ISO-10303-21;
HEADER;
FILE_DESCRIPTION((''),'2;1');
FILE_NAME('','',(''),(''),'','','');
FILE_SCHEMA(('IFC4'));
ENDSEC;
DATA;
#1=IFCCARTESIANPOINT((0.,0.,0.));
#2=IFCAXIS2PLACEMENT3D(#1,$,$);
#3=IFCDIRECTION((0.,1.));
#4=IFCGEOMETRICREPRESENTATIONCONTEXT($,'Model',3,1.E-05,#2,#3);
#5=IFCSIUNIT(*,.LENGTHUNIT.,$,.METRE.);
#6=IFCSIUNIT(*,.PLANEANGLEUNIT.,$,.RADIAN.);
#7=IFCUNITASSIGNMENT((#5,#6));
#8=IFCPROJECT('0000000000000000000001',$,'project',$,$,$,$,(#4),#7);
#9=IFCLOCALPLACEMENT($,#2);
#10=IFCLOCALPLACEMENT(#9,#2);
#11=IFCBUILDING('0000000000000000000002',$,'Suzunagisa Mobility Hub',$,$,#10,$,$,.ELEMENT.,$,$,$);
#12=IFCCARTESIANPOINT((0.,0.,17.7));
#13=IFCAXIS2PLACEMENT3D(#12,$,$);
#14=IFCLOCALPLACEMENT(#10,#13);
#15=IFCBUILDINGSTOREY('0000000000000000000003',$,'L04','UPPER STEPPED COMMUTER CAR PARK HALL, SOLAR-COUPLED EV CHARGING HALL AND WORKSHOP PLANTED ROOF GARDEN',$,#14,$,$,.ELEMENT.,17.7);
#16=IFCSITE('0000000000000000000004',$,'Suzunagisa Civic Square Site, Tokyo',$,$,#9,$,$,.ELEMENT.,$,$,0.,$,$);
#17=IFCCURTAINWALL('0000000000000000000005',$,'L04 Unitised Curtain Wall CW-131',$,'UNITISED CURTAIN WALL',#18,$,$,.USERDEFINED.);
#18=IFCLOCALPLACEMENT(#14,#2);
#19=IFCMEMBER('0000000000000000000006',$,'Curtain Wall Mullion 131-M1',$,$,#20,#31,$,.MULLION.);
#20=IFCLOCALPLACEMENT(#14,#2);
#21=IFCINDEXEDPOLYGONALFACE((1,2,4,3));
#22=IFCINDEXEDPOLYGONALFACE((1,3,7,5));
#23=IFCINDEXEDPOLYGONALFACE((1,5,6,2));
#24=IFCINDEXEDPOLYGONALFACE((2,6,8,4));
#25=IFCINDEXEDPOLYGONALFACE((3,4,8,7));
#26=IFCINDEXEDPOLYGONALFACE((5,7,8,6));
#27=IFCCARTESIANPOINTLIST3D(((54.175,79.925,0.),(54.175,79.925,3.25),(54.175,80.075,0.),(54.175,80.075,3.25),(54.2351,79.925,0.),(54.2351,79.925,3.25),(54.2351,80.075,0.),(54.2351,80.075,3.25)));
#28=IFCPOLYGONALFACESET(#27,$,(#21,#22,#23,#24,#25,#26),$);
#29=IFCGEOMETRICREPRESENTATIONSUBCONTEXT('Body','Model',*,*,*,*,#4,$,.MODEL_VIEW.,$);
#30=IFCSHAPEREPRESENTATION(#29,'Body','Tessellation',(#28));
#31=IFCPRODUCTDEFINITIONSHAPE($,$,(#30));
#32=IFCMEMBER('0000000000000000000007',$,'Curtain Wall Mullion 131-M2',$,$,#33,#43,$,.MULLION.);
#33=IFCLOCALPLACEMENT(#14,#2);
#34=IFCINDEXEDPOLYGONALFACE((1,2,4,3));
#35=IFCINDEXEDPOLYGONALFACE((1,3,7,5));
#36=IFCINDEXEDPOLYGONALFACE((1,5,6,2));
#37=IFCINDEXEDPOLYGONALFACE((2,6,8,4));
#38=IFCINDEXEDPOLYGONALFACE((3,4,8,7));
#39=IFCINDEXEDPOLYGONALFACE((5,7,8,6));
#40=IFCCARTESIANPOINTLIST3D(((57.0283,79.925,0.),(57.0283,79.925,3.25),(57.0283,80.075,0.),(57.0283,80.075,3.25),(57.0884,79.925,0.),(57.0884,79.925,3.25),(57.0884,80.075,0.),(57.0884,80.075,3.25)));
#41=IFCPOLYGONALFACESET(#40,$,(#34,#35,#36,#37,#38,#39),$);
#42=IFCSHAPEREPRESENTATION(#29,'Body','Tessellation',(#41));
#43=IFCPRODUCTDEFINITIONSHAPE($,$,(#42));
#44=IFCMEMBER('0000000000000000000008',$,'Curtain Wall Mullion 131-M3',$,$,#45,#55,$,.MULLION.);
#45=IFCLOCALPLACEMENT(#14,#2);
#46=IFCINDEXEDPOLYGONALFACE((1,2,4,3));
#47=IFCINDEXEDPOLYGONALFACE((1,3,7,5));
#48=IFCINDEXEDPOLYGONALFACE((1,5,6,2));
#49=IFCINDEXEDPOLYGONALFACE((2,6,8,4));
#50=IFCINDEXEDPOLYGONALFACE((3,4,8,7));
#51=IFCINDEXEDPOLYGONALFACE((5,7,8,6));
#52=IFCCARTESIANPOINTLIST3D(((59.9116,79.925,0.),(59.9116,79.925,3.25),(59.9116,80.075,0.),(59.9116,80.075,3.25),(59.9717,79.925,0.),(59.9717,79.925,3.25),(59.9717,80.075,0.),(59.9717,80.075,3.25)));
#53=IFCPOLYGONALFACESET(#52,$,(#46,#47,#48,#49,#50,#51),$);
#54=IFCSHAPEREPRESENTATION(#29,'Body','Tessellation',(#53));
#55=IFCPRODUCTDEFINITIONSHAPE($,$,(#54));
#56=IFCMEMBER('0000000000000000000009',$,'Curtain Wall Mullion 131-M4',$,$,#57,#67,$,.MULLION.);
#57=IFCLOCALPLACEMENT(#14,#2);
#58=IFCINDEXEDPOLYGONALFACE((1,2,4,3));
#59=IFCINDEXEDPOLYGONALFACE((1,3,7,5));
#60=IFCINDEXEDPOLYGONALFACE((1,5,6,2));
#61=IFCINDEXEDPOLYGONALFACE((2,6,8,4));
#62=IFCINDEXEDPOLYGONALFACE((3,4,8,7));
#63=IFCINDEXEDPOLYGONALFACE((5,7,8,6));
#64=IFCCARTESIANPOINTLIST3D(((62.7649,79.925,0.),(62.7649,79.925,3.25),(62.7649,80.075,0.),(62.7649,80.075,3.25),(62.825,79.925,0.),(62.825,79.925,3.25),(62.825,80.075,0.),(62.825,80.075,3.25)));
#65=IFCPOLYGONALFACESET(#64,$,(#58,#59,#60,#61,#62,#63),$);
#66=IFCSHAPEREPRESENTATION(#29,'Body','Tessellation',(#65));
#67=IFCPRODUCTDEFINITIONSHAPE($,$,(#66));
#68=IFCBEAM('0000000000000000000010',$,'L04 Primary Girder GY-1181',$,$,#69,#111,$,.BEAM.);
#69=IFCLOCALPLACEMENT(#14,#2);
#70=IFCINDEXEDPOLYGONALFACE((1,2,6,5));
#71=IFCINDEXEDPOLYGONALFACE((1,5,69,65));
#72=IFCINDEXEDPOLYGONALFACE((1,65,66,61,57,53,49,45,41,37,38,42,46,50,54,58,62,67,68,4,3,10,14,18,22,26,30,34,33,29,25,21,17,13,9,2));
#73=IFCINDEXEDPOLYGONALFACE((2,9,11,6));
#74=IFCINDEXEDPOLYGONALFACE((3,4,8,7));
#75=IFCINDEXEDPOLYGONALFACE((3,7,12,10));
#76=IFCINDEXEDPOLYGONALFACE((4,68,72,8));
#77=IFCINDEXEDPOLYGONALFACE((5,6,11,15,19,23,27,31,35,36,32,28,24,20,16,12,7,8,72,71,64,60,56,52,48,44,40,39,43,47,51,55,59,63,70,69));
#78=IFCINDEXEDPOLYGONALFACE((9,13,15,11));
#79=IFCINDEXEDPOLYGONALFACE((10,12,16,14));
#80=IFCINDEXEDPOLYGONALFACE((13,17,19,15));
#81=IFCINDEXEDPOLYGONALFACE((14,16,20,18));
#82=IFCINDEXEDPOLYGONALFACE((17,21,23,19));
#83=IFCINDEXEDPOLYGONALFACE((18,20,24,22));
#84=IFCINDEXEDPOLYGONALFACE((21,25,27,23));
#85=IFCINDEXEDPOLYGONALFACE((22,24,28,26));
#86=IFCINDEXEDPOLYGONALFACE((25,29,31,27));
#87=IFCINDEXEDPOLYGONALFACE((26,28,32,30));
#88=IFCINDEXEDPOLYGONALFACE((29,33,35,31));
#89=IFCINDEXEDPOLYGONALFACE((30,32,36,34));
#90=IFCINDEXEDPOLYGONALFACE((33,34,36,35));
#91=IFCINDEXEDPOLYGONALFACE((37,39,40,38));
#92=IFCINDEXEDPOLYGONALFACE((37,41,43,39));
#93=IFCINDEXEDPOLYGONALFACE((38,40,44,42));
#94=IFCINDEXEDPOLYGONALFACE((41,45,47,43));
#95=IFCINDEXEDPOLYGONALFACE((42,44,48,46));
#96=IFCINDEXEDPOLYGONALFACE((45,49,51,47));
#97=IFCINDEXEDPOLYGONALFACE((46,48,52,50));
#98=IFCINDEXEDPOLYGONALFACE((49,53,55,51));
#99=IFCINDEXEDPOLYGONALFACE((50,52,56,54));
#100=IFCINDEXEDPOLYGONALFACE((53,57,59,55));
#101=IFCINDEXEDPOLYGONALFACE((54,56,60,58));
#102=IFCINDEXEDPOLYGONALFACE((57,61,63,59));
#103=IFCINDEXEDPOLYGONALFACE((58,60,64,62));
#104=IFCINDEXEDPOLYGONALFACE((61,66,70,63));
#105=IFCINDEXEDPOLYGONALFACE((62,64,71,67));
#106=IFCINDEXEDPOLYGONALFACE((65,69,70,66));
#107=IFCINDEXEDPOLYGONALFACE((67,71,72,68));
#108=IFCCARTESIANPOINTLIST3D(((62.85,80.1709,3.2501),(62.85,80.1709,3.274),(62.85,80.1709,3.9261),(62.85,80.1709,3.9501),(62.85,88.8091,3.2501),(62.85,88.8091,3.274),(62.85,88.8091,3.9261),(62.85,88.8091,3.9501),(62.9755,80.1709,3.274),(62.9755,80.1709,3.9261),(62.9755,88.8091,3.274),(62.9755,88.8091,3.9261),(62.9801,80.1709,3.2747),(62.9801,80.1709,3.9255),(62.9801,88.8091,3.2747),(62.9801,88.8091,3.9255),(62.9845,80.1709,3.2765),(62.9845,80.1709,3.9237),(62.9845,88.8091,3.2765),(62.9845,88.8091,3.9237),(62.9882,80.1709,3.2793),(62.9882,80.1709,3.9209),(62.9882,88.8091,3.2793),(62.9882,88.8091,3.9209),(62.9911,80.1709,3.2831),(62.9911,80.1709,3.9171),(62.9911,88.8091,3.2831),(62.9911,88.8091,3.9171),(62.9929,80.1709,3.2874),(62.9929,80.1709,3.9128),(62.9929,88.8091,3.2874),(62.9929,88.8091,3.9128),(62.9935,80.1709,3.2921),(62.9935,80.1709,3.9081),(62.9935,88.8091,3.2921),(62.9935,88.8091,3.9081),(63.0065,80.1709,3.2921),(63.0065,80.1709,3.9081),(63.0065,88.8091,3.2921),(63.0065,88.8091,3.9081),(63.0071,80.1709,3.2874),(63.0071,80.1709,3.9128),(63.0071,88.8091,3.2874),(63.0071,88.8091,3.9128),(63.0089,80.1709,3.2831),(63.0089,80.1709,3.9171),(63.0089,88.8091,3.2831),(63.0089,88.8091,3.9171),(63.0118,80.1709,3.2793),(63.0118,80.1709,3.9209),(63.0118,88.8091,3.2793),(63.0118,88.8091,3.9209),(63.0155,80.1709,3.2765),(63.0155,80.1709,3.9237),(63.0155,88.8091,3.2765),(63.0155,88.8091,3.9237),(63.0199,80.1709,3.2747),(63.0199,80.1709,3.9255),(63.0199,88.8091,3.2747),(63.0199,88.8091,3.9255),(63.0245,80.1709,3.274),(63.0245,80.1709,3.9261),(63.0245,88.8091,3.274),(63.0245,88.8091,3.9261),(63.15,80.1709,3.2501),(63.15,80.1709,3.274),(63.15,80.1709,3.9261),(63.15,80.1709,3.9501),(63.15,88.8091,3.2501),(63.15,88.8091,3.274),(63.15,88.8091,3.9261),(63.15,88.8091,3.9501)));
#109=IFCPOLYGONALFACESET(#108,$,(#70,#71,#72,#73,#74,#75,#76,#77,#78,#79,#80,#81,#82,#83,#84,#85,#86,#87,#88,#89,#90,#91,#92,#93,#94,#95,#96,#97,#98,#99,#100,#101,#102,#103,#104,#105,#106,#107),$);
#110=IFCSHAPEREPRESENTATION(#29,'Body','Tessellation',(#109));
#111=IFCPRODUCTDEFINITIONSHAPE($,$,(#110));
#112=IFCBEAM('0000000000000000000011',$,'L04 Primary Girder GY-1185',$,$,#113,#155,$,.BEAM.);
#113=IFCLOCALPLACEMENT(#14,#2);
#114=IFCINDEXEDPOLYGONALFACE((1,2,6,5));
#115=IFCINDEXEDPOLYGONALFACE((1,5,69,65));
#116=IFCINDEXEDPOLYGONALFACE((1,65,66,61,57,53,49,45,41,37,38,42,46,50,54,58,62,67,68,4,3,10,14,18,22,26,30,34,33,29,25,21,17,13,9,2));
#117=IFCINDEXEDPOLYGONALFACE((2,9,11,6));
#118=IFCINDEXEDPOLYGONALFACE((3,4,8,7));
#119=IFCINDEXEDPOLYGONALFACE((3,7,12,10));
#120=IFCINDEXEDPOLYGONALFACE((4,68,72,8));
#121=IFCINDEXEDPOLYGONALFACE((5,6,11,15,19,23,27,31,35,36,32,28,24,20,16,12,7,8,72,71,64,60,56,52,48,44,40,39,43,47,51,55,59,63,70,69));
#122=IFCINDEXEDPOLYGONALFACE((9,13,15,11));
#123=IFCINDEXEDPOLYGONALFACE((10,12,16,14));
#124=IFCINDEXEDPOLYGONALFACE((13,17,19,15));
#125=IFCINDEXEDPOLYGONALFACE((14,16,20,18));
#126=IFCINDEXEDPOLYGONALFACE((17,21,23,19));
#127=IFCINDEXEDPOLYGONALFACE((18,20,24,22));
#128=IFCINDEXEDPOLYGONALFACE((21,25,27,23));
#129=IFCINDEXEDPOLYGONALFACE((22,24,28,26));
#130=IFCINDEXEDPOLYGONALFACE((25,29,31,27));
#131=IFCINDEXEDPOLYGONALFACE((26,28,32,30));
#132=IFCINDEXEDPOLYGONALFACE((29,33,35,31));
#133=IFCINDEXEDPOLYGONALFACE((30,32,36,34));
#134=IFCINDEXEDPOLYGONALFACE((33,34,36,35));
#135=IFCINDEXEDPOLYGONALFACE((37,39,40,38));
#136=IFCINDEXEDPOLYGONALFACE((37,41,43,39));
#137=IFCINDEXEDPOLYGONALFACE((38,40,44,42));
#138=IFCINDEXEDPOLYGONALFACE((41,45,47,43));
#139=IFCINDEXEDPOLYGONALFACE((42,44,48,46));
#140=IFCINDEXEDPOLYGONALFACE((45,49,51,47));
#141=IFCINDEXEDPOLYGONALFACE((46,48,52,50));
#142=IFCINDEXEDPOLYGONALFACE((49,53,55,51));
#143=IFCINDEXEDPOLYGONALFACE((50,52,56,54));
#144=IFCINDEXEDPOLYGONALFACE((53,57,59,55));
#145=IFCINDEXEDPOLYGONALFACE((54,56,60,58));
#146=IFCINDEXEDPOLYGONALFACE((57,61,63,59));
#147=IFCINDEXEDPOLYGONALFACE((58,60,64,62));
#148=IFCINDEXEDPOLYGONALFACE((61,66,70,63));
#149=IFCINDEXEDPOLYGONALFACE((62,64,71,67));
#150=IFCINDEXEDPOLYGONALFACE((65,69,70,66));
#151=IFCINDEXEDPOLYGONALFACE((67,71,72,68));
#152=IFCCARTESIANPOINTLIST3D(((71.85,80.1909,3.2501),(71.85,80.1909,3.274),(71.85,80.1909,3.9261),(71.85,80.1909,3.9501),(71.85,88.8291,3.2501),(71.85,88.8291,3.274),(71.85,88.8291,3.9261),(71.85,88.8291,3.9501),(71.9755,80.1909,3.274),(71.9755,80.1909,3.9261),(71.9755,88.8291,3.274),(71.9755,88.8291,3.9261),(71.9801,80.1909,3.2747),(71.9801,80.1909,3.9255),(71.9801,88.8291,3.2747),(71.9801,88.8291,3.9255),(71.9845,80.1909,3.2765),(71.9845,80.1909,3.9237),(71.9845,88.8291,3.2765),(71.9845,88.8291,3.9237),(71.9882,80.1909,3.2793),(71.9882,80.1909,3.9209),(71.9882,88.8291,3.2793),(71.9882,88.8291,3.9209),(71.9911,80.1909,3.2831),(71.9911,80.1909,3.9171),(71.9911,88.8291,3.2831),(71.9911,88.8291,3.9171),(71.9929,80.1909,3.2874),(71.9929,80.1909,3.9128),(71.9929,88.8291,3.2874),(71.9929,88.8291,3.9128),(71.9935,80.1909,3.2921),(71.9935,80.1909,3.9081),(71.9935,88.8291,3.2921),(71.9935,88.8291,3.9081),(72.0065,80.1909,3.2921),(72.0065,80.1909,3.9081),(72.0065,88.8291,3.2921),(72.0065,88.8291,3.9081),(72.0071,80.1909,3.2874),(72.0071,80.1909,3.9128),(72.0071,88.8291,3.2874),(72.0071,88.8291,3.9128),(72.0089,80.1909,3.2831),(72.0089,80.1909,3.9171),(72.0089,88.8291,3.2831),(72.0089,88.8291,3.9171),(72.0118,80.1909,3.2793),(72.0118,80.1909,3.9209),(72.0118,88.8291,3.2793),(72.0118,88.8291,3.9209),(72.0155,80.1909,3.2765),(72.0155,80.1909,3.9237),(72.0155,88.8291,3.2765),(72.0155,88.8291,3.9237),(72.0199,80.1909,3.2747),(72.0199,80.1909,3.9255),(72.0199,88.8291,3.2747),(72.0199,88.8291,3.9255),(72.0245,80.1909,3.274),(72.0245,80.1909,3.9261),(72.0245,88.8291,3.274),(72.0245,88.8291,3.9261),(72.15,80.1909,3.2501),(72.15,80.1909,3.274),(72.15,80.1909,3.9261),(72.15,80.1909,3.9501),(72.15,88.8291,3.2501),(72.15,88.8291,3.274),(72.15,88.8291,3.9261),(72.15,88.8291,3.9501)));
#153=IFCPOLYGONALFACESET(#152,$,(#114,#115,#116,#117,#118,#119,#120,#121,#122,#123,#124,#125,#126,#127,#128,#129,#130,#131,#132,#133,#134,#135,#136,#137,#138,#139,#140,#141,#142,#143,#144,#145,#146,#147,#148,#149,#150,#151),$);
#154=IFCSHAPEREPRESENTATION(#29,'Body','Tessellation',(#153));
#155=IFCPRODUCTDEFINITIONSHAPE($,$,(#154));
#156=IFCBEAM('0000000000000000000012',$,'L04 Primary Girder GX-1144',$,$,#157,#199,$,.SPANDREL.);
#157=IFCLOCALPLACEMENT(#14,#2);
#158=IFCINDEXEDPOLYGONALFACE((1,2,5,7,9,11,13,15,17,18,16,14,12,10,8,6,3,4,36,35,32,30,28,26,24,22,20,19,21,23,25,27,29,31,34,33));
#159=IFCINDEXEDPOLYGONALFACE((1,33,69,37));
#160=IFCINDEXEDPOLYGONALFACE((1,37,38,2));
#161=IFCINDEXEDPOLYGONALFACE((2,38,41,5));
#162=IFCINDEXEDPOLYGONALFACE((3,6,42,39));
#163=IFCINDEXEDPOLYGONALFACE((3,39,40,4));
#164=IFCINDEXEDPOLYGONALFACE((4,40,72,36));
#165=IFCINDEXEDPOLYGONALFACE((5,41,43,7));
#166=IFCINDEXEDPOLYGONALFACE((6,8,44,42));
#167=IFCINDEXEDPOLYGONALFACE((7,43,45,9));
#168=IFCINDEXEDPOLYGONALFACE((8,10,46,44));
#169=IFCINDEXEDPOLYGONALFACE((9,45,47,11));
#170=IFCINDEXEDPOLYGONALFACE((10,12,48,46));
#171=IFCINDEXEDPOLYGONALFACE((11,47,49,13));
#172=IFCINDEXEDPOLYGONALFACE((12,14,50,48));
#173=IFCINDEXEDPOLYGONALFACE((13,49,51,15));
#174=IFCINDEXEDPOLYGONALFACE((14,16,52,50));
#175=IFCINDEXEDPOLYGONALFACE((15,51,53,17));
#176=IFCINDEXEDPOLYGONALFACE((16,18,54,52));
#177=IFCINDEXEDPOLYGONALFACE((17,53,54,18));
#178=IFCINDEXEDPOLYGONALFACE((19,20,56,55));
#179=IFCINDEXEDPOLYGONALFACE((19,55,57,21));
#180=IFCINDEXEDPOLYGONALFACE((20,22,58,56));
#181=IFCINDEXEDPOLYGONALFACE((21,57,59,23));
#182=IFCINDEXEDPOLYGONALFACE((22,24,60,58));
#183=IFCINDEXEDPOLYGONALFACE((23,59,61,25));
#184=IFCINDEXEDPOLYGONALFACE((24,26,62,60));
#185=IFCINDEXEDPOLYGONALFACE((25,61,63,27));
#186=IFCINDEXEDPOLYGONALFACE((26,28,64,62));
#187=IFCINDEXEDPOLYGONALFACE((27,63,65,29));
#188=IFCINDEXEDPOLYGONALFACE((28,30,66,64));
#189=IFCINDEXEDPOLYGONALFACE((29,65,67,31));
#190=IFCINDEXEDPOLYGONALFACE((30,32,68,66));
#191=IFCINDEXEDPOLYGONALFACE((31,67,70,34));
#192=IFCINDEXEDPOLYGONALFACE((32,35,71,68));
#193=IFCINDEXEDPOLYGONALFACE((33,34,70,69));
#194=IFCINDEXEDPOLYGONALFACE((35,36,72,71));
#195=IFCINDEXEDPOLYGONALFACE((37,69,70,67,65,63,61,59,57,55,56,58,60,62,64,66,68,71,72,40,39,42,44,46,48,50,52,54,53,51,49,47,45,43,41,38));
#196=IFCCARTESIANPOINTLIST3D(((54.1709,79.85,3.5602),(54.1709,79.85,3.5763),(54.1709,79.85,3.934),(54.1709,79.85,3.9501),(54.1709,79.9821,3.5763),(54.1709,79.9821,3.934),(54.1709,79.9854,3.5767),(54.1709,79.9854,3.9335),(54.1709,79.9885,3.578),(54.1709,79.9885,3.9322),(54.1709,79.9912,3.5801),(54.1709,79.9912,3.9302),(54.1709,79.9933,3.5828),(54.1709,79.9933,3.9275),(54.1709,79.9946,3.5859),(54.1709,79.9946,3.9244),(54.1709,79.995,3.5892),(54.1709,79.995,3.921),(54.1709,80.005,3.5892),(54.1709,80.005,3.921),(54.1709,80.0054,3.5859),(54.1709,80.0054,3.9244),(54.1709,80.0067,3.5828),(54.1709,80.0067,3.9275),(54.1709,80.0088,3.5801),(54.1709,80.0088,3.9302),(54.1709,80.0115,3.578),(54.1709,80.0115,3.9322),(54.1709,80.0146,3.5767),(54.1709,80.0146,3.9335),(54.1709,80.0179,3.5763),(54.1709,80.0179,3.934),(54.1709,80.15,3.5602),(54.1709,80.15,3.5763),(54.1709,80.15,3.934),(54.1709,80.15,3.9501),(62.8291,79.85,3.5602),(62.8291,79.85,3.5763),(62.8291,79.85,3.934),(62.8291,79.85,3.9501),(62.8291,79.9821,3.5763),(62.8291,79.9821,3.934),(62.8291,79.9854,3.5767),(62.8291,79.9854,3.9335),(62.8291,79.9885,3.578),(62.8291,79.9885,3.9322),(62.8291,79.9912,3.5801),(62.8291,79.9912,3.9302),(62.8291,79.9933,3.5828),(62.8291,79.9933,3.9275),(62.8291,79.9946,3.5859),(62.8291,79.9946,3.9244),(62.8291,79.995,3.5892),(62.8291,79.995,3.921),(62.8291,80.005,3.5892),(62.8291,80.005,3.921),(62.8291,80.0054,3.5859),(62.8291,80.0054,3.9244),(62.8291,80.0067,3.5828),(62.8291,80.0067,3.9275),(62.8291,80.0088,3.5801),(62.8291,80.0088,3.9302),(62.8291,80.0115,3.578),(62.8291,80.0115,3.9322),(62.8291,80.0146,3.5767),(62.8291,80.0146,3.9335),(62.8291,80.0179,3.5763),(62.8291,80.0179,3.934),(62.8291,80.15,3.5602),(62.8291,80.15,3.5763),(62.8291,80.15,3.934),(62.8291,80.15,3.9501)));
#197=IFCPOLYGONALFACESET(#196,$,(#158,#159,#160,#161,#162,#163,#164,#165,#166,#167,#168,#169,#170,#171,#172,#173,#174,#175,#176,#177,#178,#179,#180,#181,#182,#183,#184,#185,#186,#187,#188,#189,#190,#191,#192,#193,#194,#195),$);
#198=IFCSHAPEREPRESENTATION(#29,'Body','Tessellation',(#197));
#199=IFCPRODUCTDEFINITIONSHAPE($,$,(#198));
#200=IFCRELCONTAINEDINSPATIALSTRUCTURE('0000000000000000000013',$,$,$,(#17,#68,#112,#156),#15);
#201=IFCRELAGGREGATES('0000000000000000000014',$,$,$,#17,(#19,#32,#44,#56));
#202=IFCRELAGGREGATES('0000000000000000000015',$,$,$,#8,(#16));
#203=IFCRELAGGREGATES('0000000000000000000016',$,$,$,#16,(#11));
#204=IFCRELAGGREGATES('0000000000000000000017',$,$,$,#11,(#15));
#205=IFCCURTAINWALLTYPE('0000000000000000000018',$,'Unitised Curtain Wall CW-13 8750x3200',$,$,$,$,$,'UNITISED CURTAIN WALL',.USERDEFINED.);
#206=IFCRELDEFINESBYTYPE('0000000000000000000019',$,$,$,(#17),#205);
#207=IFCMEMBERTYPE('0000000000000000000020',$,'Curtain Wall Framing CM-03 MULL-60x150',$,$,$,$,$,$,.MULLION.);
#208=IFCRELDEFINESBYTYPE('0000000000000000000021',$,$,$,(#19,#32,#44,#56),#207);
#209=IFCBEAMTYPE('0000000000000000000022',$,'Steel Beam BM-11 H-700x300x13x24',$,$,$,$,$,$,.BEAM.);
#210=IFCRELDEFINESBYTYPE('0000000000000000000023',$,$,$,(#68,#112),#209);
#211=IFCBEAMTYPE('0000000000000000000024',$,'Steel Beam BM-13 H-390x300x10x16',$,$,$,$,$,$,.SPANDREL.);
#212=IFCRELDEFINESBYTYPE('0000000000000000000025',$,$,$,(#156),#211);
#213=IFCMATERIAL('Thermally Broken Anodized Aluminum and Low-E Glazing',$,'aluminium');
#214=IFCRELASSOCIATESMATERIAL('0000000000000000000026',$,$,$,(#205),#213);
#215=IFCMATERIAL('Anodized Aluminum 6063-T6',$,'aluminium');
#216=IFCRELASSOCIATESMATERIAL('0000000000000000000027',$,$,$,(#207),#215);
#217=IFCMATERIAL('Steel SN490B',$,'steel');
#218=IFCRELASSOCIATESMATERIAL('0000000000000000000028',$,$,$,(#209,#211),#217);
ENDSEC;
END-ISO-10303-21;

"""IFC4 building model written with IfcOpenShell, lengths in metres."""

from ifc_helpers import new_model, si_unit, direction, frame, origin, origin_2d, place, context, subcontext, project, spatial, rectangle, i_section, extrude, material, material_profile, profile_set, type_object, element, aggregate, save


model = new_model("IFC4")

# Units and contexts
model_context = context("Model", 3, precision=1e-05, world=origin(), true_north=direction((0.0, 1.0)))
body_context = subcontext(model_context, "Body", "Model", "MODEL_VIEW")
ifc_project = project(units=[si_unit("LENGTHUNIT", "METRE"), si_unit("PLANEANGLEUNIT", "RADIAN")], contexts=[model_context])

# Site, building, storey
site_placement = place(None, origin())
site = spatial("IfcSite", under=ifc_project, at=site_placement, Name="Suzunagisa Civic Square Site, Tokyo", CompositionType="ELEMENT", RefElevation=0.0)
building_placement = place(site_placement, origin())
building = spatial("IfcBuilding", under=site, at=building_placement, Name="Suzunagisa Mobility Hub", CompositionType="ELEMENT")
storey_placement = place(building_placement, frame((0.0, 0.0, 17.7)))
storey = spatial("IfcBuildingStorey", under=building, at=storey_placement, Name="L04", Description="UPPER STEPPED COMMUTER CAR PARK HALL, SOLAR-COUPLED EV CHARGING HALL AND WORKSHOP PLANTED ROOF GARDEN", CompositionType="ELEMENT", Elevation=17.7)

# Shared definitions
ifc_material_1 = material(Name="Steel SN490B", Category="steel")

# Curtain wall, members
ifc_material_2 = material(Name="Thermally Broken Anodized Aluminum and Low-E Glazing", Category="aluminium")
curtain_wall_type = type_object("IfcCurtainWallType", Name="Unitised Curtain Wall CW-13 8750x3200", ElementType="UNITISED CURTAIN WALL", PredefinedType="USERDEFINED", material=ifc_material_2)
curtain_wall_placement = place(storey_placement, origin())
curtain_wall = element("IfcCurtainWall", 1, at=curtain_wall_placement, inside=storey, type_object=curtain_wall_type, Name="L04 Unitised Curtain Wall CW-131", ObjectType="UNITISED CURTAIN WALL", PredefinedType="USERDEFINED")
ifc_material_3 = material(Name="Anodized Aluminum 6063-T6", Category="aluminium")
ifc_material_profile_1 = material_profile(ifc_material_3, rectangle(XDim=0.0601, YDim=0.1499, at=origin_2d()), Name="MULL-60x150")
ifc_profile_set_1 = profile_set([ifc_material_profile_1], Name="Anodized Aluminum 6063-T6")
member_type_1 = type_object("IfcMemberType", Name="Curtain Wall Framing CM-03 MULL-60x150", PredefinedType="MULLION", material=ifc_profile_set_1)
member_1_placement = place(storey_placement, frame((54.2051, 80.0, 0.0), z_axis=(0.0, 0.0, 1.0), x_axis=(1.0, 0.0, 0.0)))
member_1 = element("IfcMember", 2, at=member_1_placement, type_object=member_type_1, Name="Curtain Wall Mullion 131-M1", PredefinedType="MULLION", context=body_context, shape_type="SweptSolid", body=[
    extrude(rectangle(XDim=0.0601, YDim=0.1499, at=origin_2d()), origin(), (0.0, 0.0, 1.0), 3.25),
])
member_2_placement = place(storey_placement, frame((57.0583, 80.0, 0.0), z_axis=(0.0, 0.0, 1.0), x_axis=(1.0, 0.0, 0.0)))
member_2 = element("IfcMember", 3, at=member_2_placement, type_object=member_type_1, Name="Curtain Wall Mullion 131-M2", PredefinedType="MULLION", context=body_context, shape_type="SweptSolid", body=[
    extrude(rectangle(XDim=0.0601, YDim=0.1499, at=origin_2d()), origin(), (0.0, 0.0, 1.0), 3.25),
])
member_3_placement = place(storey_placement, frame((59.9417, 80.0, 0.0), z_axis=(0.0, 0.0, 1.0), x_axis=(1.0, 0.0, 0.0)))
member_3 = element("IfcMember", 4, at=member_3_placement, type_object=member_type_1, Name="Curtain Wall Mullion 131-M3", PredefinedType="MULLION", context=body_context, shape_type="SweptSolid", body=[
    extrude(rectangle(XDim=0.0601, YDim=0.1499, at=origin_2d()), origin(), (0.0, 0.0, 1.0), 3.25),
])
member_4_placement = place(storey_placement, frame((62.7949, 80.0, 0.0), z_axis=(0.0, 0.0, 1.0), x_axis=(1.0, 0.0, 0.0)))
member_4 = element("IfcMember", 5, at=member_4_placement, type_object=member_type_1, Name="Curtain Wall Mullion 131-M4", PredefinedType="MULLION", context=body_context, shape_type="SweptSolid", body=[
    extrude(rectangle(XDim=0.0601, YDim=0.1499, at=origin_2d()), origin(), (0.0, 0.0, 1.0), 3.25),
])

# Beams
ifc_material_profile_2 = material_profile(ifc_material_1, i_section(OverallWidth=0.3, OverallDepth=0.7, WebThickness=0.0129, FlangeThickness=0.0239, FilletRadius=0.0181, at=origin_2d()), Name="H-700x300x13x24")
ifc_profile_set_2 = profile_set([ifc_material_profile_2], Name="Steel SN490B")
beam_type_1 = type_object("IfcBeamType", Name="Steel Beam BM-11 H-700x300x13x24", PredefinedType="BEAM", material=ifc_profile_set_2)
for number, where, z_axis, x_axis, name in (
    (6, (63.0, 80.1709, 3.6001), (0.0, 1.0, 0.0), (-1.0, 0.0, 0.0), "L04 Primary Girder GY-1181"),
    (7, (72.0, 80.1909, 3.6001), (0.0, 1.0, 0.0), (-1.0, 0.0, 0.0), "L04 Primary Girder GY-1185"),
):
    element("IfcBeam", number, at=place(storey_placement, frame(where, z_axis=z_axis, x_axis=x_axis)), inside=storey, type_object=beam_type_1, Name=name, PredefinedType="BEAM", context=body_context, shape_type="SweptSolid", body=[
        extrude(i_section(OverallWidth=0.3, OverallDepth=0.7, WebThickness=0.0129, FlangeThickness=0.0239, FilletRadius=0.0181, at=origin_2d()), origin(), (0.0, 0.0, 1.0), 8.6382),
    ])
ifc_material_profile_3 = material_profile(ifc_material_1, i_section(OverallWidth=0.3, OverallDepth=0.3899, WebThickness=0.01, FlangeThickness=0.0161, FilletRadius=0.0129, at=origin_2d()), Name="H-390x300x10x16")
ifc_profile_set_3 = profile_set([ifc_material_profile_3], Name="Steel SN490B")
beam_type_2 = type_object("IfcBeamType", Name="Steel Beam BM-13 H-390x300x10x16", PredefinedType="SPANDREL", material=ifc_profile_set_3)
beam_1_placement = place(storey_placement, frame((54.1709, 80.0, 3.7551), z_axis=(1.0, 0.0, 0.0), x_axis=(0.0, 1.0, 0.0)))
element("IfcBeam", 8, at=beam_1_placement, inside=storey, type_object=beam_type_2, Name="L04 Primary Girder GX-1144", PredefinedType="SPANDREL", context=body_context, shape_type="SweptSolid", body=[
    extrude(i_section(OverallWidth=0.3, OverallDepth=0.3899, WebThickness=0.01, FlangeThickness=0.0161, FilletRadius=0.0129, at=origin_2d()), origin(), (0.0, 0.0, 1.0), 8.6582),
])

aggregate(curtain_wall, [member_1, member_2, member_3, member_4])

save(model, "model.ifc")
